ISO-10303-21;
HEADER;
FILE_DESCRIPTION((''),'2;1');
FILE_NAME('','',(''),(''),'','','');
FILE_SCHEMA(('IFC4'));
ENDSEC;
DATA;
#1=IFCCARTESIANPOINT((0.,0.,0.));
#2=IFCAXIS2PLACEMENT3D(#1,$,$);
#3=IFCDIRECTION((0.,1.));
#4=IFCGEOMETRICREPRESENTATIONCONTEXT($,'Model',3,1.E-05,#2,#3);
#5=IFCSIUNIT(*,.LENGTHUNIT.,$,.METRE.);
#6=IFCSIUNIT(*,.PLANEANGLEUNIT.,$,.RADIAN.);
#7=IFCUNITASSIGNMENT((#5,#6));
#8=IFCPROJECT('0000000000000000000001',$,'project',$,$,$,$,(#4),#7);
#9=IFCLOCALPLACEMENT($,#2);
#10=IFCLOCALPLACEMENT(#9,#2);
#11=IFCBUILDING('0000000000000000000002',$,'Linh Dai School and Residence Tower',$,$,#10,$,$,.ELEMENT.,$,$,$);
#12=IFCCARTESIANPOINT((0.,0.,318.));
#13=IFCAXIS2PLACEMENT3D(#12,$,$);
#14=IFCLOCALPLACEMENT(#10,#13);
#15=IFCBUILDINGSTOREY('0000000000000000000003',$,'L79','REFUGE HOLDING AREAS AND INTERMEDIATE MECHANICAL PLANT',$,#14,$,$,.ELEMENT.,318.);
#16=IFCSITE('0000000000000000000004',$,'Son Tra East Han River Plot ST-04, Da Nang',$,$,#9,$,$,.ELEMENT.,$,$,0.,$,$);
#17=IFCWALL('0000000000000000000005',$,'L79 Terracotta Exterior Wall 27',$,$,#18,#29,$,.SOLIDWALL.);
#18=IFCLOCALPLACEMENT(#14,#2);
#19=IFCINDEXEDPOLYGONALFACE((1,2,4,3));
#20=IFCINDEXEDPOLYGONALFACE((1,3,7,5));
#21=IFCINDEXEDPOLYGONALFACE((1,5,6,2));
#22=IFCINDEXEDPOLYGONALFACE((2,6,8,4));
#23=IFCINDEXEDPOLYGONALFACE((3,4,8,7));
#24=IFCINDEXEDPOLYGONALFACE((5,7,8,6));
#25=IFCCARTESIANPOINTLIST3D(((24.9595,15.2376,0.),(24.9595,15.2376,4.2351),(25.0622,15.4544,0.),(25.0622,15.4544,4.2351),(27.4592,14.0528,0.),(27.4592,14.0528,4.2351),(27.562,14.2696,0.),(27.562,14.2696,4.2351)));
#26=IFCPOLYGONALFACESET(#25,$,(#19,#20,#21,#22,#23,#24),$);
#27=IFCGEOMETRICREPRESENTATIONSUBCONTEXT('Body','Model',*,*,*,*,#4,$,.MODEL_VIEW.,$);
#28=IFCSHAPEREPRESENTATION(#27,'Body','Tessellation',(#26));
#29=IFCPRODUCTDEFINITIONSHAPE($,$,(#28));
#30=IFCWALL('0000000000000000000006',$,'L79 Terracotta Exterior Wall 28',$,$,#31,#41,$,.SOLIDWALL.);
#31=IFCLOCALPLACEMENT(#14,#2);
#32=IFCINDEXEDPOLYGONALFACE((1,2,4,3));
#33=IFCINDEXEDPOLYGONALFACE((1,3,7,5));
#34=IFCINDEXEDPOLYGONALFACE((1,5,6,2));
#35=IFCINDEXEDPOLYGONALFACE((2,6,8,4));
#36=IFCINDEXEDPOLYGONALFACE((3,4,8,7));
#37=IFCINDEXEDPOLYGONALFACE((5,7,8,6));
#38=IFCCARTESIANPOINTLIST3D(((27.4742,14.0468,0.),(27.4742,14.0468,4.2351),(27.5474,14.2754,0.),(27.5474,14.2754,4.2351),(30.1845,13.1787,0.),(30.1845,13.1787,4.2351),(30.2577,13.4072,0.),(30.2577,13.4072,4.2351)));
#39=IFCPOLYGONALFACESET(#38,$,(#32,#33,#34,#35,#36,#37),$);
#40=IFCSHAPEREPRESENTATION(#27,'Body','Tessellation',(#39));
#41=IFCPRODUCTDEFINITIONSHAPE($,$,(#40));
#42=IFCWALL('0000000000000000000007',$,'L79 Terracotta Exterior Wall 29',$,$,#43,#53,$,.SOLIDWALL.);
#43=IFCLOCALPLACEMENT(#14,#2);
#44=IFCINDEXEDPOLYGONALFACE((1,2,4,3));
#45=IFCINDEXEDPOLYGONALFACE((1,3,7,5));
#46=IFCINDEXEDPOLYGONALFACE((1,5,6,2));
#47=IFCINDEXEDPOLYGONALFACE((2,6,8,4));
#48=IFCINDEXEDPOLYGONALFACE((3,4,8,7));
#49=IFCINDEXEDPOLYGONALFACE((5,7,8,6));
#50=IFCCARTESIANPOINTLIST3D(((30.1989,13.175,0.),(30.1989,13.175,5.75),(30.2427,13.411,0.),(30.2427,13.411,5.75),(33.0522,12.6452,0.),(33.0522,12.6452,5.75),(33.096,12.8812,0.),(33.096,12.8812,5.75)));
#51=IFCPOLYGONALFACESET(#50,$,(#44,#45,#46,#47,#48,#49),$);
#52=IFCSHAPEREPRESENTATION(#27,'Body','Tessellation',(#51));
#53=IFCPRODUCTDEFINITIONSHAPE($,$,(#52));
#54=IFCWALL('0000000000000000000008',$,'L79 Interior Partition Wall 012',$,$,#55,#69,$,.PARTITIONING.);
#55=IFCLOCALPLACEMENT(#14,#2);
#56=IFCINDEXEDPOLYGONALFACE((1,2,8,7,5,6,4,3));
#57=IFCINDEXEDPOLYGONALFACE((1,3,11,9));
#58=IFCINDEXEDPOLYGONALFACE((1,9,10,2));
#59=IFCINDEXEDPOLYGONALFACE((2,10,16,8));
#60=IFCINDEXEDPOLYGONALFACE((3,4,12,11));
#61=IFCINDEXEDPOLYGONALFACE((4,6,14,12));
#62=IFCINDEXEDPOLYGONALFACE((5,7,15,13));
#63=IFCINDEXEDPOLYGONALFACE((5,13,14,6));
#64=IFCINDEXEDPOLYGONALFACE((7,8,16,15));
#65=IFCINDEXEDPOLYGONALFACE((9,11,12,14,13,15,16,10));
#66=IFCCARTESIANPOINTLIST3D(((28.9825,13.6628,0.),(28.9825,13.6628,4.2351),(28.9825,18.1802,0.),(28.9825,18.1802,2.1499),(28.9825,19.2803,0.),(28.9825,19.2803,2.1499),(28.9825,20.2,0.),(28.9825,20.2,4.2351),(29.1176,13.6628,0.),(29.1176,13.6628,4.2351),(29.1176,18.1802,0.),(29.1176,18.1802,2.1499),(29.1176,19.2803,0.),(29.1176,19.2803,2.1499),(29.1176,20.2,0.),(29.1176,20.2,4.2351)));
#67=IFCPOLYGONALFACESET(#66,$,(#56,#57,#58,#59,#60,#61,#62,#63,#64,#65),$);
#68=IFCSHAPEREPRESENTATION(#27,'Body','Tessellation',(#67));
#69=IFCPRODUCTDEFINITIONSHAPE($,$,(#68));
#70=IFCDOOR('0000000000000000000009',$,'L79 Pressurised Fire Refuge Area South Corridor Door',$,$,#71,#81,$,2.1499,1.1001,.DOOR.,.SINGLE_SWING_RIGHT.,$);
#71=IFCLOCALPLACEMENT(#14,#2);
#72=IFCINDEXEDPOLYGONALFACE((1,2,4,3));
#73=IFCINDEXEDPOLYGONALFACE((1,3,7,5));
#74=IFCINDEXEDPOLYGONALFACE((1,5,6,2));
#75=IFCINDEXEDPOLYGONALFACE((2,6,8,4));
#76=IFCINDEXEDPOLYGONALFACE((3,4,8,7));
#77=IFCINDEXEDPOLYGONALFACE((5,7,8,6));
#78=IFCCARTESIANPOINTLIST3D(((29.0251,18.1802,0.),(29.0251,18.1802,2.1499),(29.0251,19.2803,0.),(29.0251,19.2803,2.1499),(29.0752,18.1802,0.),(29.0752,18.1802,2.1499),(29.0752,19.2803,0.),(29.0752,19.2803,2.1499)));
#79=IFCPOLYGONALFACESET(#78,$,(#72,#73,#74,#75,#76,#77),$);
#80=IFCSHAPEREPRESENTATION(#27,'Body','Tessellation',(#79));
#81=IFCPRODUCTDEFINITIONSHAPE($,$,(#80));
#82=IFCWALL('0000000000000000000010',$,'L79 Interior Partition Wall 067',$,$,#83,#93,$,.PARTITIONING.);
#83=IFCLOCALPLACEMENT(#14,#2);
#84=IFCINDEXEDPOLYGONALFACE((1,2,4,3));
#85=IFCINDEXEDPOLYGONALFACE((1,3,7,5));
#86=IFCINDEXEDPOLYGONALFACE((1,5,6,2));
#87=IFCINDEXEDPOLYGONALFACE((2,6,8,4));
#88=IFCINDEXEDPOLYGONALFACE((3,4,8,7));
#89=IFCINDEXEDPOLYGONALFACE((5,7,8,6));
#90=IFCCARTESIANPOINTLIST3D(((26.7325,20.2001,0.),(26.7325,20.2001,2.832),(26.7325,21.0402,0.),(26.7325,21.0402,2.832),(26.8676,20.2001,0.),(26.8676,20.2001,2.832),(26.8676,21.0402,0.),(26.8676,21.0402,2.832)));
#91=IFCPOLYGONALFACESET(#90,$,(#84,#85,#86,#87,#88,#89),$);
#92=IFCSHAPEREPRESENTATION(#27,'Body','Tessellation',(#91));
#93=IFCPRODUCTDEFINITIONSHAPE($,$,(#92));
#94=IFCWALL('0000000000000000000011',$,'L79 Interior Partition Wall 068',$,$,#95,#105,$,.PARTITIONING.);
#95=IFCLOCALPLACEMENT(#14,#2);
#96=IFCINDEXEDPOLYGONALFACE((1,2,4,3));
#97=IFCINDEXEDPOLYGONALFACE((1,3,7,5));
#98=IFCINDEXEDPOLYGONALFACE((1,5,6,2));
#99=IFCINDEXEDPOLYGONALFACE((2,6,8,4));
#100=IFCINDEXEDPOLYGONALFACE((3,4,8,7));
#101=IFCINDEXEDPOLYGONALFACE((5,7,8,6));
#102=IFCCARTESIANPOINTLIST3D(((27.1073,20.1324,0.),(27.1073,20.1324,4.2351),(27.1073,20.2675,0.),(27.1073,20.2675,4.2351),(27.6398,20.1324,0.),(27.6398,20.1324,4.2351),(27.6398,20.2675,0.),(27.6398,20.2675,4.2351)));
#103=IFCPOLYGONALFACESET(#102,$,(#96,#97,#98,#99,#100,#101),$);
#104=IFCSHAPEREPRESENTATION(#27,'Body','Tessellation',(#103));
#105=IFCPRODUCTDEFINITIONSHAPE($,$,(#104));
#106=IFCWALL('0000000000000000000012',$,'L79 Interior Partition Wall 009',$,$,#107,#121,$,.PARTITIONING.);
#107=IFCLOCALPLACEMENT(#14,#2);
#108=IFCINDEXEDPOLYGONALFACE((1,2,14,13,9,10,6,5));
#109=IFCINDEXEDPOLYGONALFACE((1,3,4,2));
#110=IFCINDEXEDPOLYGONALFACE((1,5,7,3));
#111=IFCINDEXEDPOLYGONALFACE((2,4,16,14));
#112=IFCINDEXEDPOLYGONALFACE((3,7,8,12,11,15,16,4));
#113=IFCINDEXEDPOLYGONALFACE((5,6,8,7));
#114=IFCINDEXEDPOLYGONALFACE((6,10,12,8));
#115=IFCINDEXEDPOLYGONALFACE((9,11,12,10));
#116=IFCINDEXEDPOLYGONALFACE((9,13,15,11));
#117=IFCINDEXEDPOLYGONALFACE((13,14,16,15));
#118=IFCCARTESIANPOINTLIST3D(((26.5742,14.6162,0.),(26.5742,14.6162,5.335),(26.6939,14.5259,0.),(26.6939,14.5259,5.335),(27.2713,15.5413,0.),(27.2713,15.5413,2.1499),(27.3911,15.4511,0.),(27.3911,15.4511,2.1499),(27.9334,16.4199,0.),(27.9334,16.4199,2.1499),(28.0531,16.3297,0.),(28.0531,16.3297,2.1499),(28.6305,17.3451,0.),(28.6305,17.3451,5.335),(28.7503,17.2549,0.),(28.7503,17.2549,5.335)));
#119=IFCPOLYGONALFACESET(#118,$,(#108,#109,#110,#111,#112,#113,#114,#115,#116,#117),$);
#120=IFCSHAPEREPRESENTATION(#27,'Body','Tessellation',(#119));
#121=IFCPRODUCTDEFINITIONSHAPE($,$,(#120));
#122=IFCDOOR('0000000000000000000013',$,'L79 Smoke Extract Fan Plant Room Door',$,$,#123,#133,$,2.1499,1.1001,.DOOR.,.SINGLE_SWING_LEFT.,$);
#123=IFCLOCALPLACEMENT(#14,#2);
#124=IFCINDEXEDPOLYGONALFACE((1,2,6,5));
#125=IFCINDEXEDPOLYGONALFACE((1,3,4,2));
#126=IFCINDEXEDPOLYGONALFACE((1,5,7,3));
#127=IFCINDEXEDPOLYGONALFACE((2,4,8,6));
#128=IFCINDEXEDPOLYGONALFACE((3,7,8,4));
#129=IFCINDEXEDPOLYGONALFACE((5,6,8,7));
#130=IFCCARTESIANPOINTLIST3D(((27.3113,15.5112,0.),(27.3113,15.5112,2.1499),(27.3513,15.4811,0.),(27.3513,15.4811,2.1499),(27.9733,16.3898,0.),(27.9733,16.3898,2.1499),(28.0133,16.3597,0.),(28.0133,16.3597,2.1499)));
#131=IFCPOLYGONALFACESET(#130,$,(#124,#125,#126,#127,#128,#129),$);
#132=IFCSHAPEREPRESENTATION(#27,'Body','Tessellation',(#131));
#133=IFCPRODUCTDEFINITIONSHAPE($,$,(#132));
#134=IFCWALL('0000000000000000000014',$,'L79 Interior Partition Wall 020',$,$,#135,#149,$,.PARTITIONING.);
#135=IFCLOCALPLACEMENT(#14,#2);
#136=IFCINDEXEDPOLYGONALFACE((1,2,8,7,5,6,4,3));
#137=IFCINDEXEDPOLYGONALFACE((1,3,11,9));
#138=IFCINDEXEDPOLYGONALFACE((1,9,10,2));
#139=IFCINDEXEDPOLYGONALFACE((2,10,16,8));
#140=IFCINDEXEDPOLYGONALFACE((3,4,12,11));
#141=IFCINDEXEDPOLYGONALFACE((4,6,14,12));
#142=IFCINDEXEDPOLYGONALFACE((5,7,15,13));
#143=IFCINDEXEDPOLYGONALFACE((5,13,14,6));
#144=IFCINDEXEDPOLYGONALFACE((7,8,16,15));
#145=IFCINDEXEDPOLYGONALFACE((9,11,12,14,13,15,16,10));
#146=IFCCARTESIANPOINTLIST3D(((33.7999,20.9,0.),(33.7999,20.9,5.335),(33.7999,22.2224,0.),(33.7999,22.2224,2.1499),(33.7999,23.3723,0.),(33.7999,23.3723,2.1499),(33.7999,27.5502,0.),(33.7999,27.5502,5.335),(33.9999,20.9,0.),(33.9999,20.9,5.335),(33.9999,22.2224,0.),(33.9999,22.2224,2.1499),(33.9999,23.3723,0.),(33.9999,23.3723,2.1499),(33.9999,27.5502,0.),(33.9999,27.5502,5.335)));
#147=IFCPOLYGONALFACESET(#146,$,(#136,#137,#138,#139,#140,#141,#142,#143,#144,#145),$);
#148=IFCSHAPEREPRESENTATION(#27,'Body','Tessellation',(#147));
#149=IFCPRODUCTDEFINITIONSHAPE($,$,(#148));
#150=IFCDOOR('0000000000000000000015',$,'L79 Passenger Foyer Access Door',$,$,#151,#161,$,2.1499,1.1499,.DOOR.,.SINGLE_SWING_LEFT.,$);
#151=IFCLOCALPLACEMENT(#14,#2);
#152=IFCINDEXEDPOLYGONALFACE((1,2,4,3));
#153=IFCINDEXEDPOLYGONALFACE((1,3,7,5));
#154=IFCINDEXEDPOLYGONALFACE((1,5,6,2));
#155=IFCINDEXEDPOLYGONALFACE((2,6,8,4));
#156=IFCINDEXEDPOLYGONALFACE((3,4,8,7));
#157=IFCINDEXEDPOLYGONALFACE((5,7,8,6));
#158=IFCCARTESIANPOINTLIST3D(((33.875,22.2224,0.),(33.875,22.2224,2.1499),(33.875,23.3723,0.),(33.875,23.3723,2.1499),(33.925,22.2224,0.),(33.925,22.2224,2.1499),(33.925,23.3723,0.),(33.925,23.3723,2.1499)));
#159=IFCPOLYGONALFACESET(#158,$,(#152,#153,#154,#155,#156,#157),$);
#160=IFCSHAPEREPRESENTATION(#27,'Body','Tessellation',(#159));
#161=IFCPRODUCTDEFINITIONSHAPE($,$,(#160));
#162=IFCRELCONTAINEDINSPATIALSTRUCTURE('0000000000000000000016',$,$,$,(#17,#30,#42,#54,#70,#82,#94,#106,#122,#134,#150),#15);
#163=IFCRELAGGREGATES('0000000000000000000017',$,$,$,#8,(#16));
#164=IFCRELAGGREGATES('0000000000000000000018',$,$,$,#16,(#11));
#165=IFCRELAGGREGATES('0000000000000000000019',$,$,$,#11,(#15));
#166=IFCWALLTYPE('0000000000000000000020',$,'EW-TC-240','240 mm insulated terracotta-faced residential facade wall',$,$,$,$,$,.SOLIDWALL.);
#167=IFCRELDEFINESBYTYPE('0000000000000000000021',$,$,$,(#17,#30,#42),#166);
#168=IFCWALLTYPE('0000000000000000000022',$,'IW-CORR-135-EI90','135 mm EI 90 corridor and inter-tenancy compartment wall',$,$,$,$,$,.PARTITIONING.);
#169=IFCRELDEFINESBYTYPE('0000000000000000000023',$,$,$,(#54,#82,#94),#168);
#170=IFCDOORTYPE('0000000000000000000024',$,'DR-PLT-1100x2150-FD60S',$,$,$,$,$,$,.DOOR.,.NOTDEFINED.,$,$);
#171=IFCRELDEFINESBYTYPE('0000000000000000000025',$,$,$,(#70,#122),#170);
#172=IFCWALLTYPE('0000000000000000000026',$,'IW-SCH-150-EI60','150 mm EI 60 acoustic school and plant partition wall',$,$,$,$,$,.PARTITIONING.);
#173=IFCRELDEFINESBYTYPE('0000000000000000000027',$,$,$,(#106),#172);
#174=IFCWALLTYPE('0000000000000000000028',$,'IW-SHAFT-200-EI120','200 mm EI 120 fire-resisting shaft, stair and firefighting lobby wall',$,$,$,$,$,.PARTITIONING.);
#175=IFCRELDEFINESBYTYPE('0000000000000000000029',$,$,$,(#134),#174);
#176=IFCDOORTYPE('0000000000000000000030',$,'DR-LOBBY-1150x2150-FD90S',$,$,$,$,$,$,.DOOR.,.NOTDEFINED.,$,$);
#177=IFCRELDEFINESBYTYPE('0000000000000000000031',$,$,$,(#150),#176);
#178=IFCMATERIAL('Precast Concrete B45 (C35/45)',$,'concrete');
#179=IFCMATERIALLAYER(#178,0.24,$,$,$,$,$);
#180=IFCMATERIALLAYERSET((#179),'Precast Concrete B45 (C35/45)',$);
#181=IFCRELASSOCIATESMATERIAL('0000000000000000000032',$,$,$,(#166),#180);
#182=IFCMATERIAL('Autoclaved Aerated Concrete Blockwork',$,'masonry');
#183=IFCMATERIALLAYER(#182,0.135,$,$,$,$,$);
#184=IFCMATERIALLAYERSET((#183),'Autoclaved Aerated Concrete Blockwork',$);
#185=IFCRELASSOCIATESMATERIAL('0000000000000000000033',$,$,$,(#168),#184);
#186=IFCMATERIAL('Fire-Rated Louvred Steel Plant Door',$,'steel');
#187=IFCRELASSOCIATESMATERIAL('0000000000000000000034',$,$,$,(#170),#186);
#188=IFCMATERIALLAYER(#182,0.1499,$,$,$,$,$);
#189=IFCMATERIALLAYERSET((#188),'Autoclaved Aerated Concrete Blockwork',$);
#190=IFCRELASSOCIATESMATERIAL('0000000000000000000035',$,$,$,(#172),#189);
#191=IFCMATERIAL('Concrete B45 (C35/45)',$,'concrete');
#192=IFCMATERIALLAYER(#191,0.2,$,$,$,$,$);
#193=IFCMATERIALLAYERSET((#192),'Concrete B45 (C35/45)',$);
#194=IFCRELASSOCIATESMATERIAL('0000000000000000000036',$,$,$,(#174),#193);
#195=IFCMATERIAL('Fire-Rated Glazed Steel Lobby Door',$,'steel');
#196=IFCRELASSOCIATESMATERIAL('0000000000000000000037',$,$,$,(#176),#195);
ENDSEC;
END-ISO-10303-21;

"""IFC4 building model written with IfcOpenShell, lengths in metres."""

from ifc_helpers import new_model, si_unit, direction, frame, frame_2d, origin, origin_2d, place, context, subcontext, project, spatial, rectangle, extrude, source, transform, mapped, material, layer, layer_set, type_object, element, fill, save


model = new_model("IFC4")

# Units and contexts
model_context = context("Model", 3, precision=1e-05, world=origin(), true_north=direction((0.0, 1.0)))
body_context = subcontext(model_context, "Body", "Model", "MODEL_VIEW")
ifc_project = project(units=[si_unit("LENGTHUNIT", "METRE"), si_unit("PLANEANGLEUNIT", "RADIAN")], contexts=[model_context])

# Site, building, storey
site_placement = place(None, origin())
site = spatial("IfcSite", under=ifc_project, at=site_placement, Name="Son Tra East Han River Plot ST-04, Da Nang", CompositionType="ELEMENT", RefElevation=0.0)
building_placement = place(site_placement, origin())
building = spatial("IfcBuilding", under=site, at=building_placement, Name="Linh Dai School and Residence Tower", CompositionType="ELEMENT")
storey_placement = place(building_placement, frame((0.0, 0.0, 318.0)))
storey = spatial("IfcBuildingStorey", under=building, at=storey_placement, Name="L79", Description="REFUGE HOLDING AREAS AND INTERMEDIATE MECHANICAL PLANT", CompositionType="ELEMENT", Elevation=318.0)

# Shared definitions
ifc_material_1 = material(Name="Concrete B45 (C35/45)", Category="concrete")

# Walls
ifc_material_2 = material(Name="Precast Concrete B45 (C35/45)", Category="concrete")
ifc_layer_1 = layer(ifc_material_2, 0.24)
ifc_layer_set_1 = layer_set([ifc_layer_1], Name="Precast Concrete B45 (C35/45)")
wall_type_1 = type_object("IfcWallType", Name="EW-TC-240", Description="240 mm insulated terracotta-faced residential facade wall", PredefinedType="SOLIDWALL", material=ifc_layer_set_1)
wall_1_placement = place(storey_placement, frame((27.5107, 14.1611, 0.0), z_axis=(0.0, 0.0, 1.0), x_axis=(-0.903637, 0.428299, 0.0)))
element("IfcWall", 1, at=wall_1_placement, inside=storey, type_object=wall_type_1, Name="L79 Terracotta Exterior Wall 27", PredefinedType="SOLIDWALL", context=body_context, shape_type="SweptSolid", body=[
    extrude(rectangle(XDim=2.7664, YDim=0.24, at=frame_2d((1.3833, 0.0))), origin(), (0.0, 0.0, 1.0), 4.2351),
])
wall_2_placement = place(storey_placement, frame((30.2209, 13.293, 0.0), z_axis=(0.0, 0.0, 1.0), x_axis=(-0.952332, 0.305062, 0.0)))
element("IfcWall", 2, at=wall_2_placement, inside=storey, type_object=wall_type_1, Name="L79 Terracotta Exterior Wall 28", PredefinedType="SOLIDWALL", context=body_context, shape_type="SweptSolid", body=[
    extrude(rectangle(XDim=2.8459, YDim=0.24, at=frame_2d((1.4229, 0.0))), origin(), (0.0, 0.0, 1.0), 4.2351),
])
wall_3_placement = place(storey_placement, frame((33.0742, 12.7632, 0.0), z_axis=(0.0, 0.0, 1.0), x_axis=(-0.983195, 0.182556, 0.0)))
element("IfcWall", 3, at=wall_3_placement, inside=storey, type_object=wall_type_1, Name="L79 Terracotta Exterior Wall 29", PredefinedType="SOLIDWALL", context=body_context, shape_type="SweptSolid", body=[
    extrude(rectangle(XDim=2.9021, YDim=0.24, at=frame_2d((1.4512, 0.0))), origin(), (0.0, 0.0, 1.0), 5.75),
])

# Wall, opening, door
ifc_material_3 = material(Name="Autoclaved Aerated Concrete Blockwork", Category="masonry")
ifc_layer_2 = layer(ifc_material_3, 0.135)
ifc_layer_set_2 = layer_set([ifc_layer_2], Name="Autoclaved Aerated Concrete Blockwork")
wall_type_2 = type_object("IfcWallType", Name="IW-CORR-135-EI90", Description="135 mm EI 90 corridor and inter-tenancy compartment wall", PredefinedType="PARTITIONING", material=ifc_layer_set_2)
wall_4_placement = place(storey_placement, frame((29.05, 13.6628, 0.0), z_axis=(0.0, 0.0, 1.0), x_axis=(0.0, 1.0, 0.0)))
wall_4 = element("IfcWall", 4, at=wall_4_placement, inside=storey, type_object=wall_type_2, Name="L79 Interior Partition Wall 012", PredefinedType="PARTITIONING", context=body_context, shape_type="SweptSolid", body=[
    extrude(rectangle(XDim=6.5371, YDim=0.135, at=frame_2d((3.2686, 0.0))), origin(), (0.0, 0.0, 1.0), 4.2351),
])
opening_1_placement = place(wall_4_placement, frame((4.5173, 0.0, 0.0)))
opening_1 = element("IfcOpeningElement", 5, at=opening_1_placement, cuts=wall_4, PredefinedType="OPENING", context=body_context, shape_type="SweptSolid", body=[
    extrude(rectangle(XDim=1.1001, YDim=2.1499, at=origin_2d()), frame((0.55, 0.0776, 1.075), z_axis=(0.0, -1.0, 0.0), x_axis=(1.0, 0.0, 0.0)), (0.0, 0.0, 1.0), 0.155),
])
ifc_material_4 = material(Name="Fire-Rated Louvred Steel Plant Door", Category="steel")
door_type_1 = type_object("IfcDoorType", Name="DR-PLT-1100x2150-FD60S", OperationType="NOTDEFINED", PredefinedType="DOOR", material=ifc_material_4)
shared_shape_1 = source(origin(), body_context, "Body", "SweptSolid", [
    extrude(rectangle(XDim=1.1001, YDim=2.1499, at=origin_2d()), frame((0.55, 0.0249, 1.075), z_axis=(0.0, -1.0, 0.0), x_axis=(1.0, 0.0, 0.0)), (0.0, 0.0, 1.0), 0.05),
])
door_1_placement = place(opening_1_placement, origin())
door_1 = element("IfcDoor", 6, at=door_1_placement, inside=storey, type_object=door_type_1, Name="L79 Pressurised Fire Refuge Area South Corridor Door", OperationType="SINGLE_SWING_RIGHT", OverallHeight=2.1499, OverallWidth=1.1001, PredefinedType="DOOR", context=body_context, shape_type="MappedRepresentation", body=[
    mapped(shared_shape_1, transform((0.0, 0.0, 0.0), x_axis=(1.0, 0.0, 0.0), y_axis=(0.0, 1.0, 0.0), z_axis=(0.0, 0.0, 1.0), scale=1.0)),
])
fill(opening_1, door_1)

# Walls
wall_5_placement = place(storey_placement, frame((26.8, 21.04, 0.0), z_axis=(0.0, 0.0, 1.0), x_axis=(0.0, -1.0, 0.0)))
element("IfcWall", 7, at=wall_5_placement, inside=storey, type_object=wall_type_2, Name="L79 Interior Partition Wall 067", PredefinedType="PARTITIONING", context=body_context, shape_type="SweptSolid", body=[
    extrude(rectangle(XDim=0.8401, YDim=0.135, at=frame_2d((0.4199, 0.0))), origin(), (0.0, 0.0, 1.0), 2.832),
])
wall_6_placement = place(storey_placement, frame((27.1074, 20.2, 0.0), z_axis=(0.0, 0.0, 1.0), x_axis=(1.0, 0.0, 0.0)))
element("IfcWall", 8, at=wall_6_placement, inside=storey, type_object=wall_type_2, Name="L79 Interior Partition Wall 068", PredefinedType="PARTITIONING", context=body_context, shape_type="SweptSolid", body=[
    extrude(rectangle(XDim=0.5325, YDim=0.135, at=frame_2d((0.2661, 0.0))), origin(), (0.0, 0.0, 1.0), 4.2351),
])

# Walls, openings, doors
ifc_layer_3 = layer(ifc_material_3, 0.1499)
ifc_layer_set_3 = layer_set([ifc_layer_3], Name="Autoclaved Aerated Concrete Blockwork")
wall_type_3 = type_object("IfcWallType", Name="IW-SCH-150-EI60", Description="150 mm EI 60 acoustic school and plant partition wall", PredefinedType="PARTITIONING", material=ifc_layer_set_3)
wall_7_placement = place(storey_placement, frame((26.634, 14.571, 0.0), z_axis=(0.0, 0.0, 1.0), x_axis=(0.601805, 0.798643, 0.0)))
wall_7 = element("IfcWall", 9, at=wall_7_placement, inside=storey, type_object=wall_type_3, Name="L79 Interior Partition Wall 009", PredefinedType="PARTITIONING", context=body_context, shape_type="SweptSolid", body=[
    extrude(rectangle(XDim=3.417, YDim=0.1499, at=frame_2d((1.7085, 0.0))), origin(), (0.0, 0.0, 1.0), 5.335),
])
opening_2_placement = place(wall_7_placement, frame((1.1584, 0.0, 0.0)))
opening_2 = element("IfcOpeningElement", 10, at=opening_2_placement, cuts=wall_7, PredefinedType="OPENING", context=body_context, shape_type="SweptSolid", body=[
    extrude(rectangle(XDim=1.1001, YDim=2.1499, at=origin_2d()), frame((0.55, 0.085, 1.075), z_axis=(0.0, -1.0, 0.0), x_axis=(1.0, 0.0, 0.0)), (0.0, 0.0, 1.0), 0.1699),
])
door_2_placement = place(opening_2_placement, origin())
door_2 = element("IfcDoor", 11, at=door_2_placement, inside=storey, type_object=door_type_1, Name="L79 Smoke Extract Fan Plant Room Door", OperationType="SINGLE_SWING_LEFT", OverallHeight=2.1499, OverallWidth=1.1001, PredefinedType="DOOR", context=body_context, shape_type="MappedRepresentation", body=[
    mapped(shared_shape_1, transform((0.0, 0.0, 0.0), x_axis=(1.0, 0.0, 0.0), y_axis=(0.0, 1.0, 0.0), z_axis=(0.0, 0.0, 1.0), scale=1.0)),
])
fill(opening_2, door_2)
ifc_layer_4 = layer(ifc_material_1, 0.2)
ifc_layer_set_4 = layer_set([ifc_layer_4], Name="Concrete B45 (C35/45)")
wall_type_4 = type_object("IfcWallType", Name="IW-SHAFT-200-EI120", Description="200 mm EI 120 fire-resisting shaft, stair and firefighting lobby wall", PredefinedType="PARTITIONING", material=ifc_layer_set_4)
wall_8_placement = place(storey_placement, frame((33.8999, 20.8999, 0.0), z_axis=(0.0, 0.0, 1.0), x_axis=(0.0, 1.0, 0.0)))
wall_8 = element("IfcWall", 12, at=wall_8_placement, inside=storey, type_object=wall_type_4, Name="L79 Interior Partition Wall 020", PredefinedType="PARTITIONING", context=body_context, shape_type="SweptSolid", body=[
    extrude(rectangle(XDim=6.6501, YDim=0.2, at=frame_2d((3.3252, 0.0))), origin(), (0.0, 0.0, 1.0), 5.335),
])
opening_3_placement = place(wall_8_placement, frame((1.3225, 0.0, 0.0)))
opening_3 = element("IfcOpeningElement", 13, at=opening_3_placement, cuts=wall_8, PredefinedType="OPENING", context=body_context, shape_type="SweptSolid", body=[
    extrude(rectangle(XDim=1.1499, YDim=2.1499, at=origin_2d()), frame((0.575, 0.1099, 1.075), z_axis=(0.0, -1.0, 0.0), x_axis=(1.0, 0.0, 0.0)), (0.0, 0.0, 1.0), 0.22),
])
ifc_material_5 = material(Name="Fire-Rated Glazed Steel Lobby Door", Category="steel")
door_type_2 = type_object("IfcDoorType", Name="DR-LOBBY-1150x2150-FD90S", OperationType="NOTDEFINED", PredefinedType="DOOR", material=ifc_material_5)
shared_shape_2 = source(origin(), body_context, "Body", "SweptSolid", [
    extrude(rectangle(XDim=1.1499, YDim=2.1499, at=origin_2d()), frame((0.575, 0.0249, 1.075), z_axis=(0.0, -1.0, 0.0), x_axis=(1.0, 0.0, 0.0)), (0.0, 0.0, 1.0), 0.05),
])
door_3_placement = place(opening_3_placement, origin())
door_3 = element("IfcDoor", 14, at=door_3_placement, inside=storey, type_object=door_type_2, Name="L79 Passenger Foyer Access Door", OperationType="SINGLE_SWING_LEFT", OverallHeight=2.1499, OverallWidth=1.1499, PredefinedType="DOOR", context=body_context, shape_type="MappedRepresentation", body=[
    mapped(shared_shape_2, transform((0.0, 0.0, 0.0), x_axis=(1.0, 0.0, 0.0), y_axis=(0.0, 1.0, 0.0), z_axis=(0.0, 0.0, 1.0), scale=1.0)),
])
fill(opening_3, door_3)

save(model, "model.ifc")
